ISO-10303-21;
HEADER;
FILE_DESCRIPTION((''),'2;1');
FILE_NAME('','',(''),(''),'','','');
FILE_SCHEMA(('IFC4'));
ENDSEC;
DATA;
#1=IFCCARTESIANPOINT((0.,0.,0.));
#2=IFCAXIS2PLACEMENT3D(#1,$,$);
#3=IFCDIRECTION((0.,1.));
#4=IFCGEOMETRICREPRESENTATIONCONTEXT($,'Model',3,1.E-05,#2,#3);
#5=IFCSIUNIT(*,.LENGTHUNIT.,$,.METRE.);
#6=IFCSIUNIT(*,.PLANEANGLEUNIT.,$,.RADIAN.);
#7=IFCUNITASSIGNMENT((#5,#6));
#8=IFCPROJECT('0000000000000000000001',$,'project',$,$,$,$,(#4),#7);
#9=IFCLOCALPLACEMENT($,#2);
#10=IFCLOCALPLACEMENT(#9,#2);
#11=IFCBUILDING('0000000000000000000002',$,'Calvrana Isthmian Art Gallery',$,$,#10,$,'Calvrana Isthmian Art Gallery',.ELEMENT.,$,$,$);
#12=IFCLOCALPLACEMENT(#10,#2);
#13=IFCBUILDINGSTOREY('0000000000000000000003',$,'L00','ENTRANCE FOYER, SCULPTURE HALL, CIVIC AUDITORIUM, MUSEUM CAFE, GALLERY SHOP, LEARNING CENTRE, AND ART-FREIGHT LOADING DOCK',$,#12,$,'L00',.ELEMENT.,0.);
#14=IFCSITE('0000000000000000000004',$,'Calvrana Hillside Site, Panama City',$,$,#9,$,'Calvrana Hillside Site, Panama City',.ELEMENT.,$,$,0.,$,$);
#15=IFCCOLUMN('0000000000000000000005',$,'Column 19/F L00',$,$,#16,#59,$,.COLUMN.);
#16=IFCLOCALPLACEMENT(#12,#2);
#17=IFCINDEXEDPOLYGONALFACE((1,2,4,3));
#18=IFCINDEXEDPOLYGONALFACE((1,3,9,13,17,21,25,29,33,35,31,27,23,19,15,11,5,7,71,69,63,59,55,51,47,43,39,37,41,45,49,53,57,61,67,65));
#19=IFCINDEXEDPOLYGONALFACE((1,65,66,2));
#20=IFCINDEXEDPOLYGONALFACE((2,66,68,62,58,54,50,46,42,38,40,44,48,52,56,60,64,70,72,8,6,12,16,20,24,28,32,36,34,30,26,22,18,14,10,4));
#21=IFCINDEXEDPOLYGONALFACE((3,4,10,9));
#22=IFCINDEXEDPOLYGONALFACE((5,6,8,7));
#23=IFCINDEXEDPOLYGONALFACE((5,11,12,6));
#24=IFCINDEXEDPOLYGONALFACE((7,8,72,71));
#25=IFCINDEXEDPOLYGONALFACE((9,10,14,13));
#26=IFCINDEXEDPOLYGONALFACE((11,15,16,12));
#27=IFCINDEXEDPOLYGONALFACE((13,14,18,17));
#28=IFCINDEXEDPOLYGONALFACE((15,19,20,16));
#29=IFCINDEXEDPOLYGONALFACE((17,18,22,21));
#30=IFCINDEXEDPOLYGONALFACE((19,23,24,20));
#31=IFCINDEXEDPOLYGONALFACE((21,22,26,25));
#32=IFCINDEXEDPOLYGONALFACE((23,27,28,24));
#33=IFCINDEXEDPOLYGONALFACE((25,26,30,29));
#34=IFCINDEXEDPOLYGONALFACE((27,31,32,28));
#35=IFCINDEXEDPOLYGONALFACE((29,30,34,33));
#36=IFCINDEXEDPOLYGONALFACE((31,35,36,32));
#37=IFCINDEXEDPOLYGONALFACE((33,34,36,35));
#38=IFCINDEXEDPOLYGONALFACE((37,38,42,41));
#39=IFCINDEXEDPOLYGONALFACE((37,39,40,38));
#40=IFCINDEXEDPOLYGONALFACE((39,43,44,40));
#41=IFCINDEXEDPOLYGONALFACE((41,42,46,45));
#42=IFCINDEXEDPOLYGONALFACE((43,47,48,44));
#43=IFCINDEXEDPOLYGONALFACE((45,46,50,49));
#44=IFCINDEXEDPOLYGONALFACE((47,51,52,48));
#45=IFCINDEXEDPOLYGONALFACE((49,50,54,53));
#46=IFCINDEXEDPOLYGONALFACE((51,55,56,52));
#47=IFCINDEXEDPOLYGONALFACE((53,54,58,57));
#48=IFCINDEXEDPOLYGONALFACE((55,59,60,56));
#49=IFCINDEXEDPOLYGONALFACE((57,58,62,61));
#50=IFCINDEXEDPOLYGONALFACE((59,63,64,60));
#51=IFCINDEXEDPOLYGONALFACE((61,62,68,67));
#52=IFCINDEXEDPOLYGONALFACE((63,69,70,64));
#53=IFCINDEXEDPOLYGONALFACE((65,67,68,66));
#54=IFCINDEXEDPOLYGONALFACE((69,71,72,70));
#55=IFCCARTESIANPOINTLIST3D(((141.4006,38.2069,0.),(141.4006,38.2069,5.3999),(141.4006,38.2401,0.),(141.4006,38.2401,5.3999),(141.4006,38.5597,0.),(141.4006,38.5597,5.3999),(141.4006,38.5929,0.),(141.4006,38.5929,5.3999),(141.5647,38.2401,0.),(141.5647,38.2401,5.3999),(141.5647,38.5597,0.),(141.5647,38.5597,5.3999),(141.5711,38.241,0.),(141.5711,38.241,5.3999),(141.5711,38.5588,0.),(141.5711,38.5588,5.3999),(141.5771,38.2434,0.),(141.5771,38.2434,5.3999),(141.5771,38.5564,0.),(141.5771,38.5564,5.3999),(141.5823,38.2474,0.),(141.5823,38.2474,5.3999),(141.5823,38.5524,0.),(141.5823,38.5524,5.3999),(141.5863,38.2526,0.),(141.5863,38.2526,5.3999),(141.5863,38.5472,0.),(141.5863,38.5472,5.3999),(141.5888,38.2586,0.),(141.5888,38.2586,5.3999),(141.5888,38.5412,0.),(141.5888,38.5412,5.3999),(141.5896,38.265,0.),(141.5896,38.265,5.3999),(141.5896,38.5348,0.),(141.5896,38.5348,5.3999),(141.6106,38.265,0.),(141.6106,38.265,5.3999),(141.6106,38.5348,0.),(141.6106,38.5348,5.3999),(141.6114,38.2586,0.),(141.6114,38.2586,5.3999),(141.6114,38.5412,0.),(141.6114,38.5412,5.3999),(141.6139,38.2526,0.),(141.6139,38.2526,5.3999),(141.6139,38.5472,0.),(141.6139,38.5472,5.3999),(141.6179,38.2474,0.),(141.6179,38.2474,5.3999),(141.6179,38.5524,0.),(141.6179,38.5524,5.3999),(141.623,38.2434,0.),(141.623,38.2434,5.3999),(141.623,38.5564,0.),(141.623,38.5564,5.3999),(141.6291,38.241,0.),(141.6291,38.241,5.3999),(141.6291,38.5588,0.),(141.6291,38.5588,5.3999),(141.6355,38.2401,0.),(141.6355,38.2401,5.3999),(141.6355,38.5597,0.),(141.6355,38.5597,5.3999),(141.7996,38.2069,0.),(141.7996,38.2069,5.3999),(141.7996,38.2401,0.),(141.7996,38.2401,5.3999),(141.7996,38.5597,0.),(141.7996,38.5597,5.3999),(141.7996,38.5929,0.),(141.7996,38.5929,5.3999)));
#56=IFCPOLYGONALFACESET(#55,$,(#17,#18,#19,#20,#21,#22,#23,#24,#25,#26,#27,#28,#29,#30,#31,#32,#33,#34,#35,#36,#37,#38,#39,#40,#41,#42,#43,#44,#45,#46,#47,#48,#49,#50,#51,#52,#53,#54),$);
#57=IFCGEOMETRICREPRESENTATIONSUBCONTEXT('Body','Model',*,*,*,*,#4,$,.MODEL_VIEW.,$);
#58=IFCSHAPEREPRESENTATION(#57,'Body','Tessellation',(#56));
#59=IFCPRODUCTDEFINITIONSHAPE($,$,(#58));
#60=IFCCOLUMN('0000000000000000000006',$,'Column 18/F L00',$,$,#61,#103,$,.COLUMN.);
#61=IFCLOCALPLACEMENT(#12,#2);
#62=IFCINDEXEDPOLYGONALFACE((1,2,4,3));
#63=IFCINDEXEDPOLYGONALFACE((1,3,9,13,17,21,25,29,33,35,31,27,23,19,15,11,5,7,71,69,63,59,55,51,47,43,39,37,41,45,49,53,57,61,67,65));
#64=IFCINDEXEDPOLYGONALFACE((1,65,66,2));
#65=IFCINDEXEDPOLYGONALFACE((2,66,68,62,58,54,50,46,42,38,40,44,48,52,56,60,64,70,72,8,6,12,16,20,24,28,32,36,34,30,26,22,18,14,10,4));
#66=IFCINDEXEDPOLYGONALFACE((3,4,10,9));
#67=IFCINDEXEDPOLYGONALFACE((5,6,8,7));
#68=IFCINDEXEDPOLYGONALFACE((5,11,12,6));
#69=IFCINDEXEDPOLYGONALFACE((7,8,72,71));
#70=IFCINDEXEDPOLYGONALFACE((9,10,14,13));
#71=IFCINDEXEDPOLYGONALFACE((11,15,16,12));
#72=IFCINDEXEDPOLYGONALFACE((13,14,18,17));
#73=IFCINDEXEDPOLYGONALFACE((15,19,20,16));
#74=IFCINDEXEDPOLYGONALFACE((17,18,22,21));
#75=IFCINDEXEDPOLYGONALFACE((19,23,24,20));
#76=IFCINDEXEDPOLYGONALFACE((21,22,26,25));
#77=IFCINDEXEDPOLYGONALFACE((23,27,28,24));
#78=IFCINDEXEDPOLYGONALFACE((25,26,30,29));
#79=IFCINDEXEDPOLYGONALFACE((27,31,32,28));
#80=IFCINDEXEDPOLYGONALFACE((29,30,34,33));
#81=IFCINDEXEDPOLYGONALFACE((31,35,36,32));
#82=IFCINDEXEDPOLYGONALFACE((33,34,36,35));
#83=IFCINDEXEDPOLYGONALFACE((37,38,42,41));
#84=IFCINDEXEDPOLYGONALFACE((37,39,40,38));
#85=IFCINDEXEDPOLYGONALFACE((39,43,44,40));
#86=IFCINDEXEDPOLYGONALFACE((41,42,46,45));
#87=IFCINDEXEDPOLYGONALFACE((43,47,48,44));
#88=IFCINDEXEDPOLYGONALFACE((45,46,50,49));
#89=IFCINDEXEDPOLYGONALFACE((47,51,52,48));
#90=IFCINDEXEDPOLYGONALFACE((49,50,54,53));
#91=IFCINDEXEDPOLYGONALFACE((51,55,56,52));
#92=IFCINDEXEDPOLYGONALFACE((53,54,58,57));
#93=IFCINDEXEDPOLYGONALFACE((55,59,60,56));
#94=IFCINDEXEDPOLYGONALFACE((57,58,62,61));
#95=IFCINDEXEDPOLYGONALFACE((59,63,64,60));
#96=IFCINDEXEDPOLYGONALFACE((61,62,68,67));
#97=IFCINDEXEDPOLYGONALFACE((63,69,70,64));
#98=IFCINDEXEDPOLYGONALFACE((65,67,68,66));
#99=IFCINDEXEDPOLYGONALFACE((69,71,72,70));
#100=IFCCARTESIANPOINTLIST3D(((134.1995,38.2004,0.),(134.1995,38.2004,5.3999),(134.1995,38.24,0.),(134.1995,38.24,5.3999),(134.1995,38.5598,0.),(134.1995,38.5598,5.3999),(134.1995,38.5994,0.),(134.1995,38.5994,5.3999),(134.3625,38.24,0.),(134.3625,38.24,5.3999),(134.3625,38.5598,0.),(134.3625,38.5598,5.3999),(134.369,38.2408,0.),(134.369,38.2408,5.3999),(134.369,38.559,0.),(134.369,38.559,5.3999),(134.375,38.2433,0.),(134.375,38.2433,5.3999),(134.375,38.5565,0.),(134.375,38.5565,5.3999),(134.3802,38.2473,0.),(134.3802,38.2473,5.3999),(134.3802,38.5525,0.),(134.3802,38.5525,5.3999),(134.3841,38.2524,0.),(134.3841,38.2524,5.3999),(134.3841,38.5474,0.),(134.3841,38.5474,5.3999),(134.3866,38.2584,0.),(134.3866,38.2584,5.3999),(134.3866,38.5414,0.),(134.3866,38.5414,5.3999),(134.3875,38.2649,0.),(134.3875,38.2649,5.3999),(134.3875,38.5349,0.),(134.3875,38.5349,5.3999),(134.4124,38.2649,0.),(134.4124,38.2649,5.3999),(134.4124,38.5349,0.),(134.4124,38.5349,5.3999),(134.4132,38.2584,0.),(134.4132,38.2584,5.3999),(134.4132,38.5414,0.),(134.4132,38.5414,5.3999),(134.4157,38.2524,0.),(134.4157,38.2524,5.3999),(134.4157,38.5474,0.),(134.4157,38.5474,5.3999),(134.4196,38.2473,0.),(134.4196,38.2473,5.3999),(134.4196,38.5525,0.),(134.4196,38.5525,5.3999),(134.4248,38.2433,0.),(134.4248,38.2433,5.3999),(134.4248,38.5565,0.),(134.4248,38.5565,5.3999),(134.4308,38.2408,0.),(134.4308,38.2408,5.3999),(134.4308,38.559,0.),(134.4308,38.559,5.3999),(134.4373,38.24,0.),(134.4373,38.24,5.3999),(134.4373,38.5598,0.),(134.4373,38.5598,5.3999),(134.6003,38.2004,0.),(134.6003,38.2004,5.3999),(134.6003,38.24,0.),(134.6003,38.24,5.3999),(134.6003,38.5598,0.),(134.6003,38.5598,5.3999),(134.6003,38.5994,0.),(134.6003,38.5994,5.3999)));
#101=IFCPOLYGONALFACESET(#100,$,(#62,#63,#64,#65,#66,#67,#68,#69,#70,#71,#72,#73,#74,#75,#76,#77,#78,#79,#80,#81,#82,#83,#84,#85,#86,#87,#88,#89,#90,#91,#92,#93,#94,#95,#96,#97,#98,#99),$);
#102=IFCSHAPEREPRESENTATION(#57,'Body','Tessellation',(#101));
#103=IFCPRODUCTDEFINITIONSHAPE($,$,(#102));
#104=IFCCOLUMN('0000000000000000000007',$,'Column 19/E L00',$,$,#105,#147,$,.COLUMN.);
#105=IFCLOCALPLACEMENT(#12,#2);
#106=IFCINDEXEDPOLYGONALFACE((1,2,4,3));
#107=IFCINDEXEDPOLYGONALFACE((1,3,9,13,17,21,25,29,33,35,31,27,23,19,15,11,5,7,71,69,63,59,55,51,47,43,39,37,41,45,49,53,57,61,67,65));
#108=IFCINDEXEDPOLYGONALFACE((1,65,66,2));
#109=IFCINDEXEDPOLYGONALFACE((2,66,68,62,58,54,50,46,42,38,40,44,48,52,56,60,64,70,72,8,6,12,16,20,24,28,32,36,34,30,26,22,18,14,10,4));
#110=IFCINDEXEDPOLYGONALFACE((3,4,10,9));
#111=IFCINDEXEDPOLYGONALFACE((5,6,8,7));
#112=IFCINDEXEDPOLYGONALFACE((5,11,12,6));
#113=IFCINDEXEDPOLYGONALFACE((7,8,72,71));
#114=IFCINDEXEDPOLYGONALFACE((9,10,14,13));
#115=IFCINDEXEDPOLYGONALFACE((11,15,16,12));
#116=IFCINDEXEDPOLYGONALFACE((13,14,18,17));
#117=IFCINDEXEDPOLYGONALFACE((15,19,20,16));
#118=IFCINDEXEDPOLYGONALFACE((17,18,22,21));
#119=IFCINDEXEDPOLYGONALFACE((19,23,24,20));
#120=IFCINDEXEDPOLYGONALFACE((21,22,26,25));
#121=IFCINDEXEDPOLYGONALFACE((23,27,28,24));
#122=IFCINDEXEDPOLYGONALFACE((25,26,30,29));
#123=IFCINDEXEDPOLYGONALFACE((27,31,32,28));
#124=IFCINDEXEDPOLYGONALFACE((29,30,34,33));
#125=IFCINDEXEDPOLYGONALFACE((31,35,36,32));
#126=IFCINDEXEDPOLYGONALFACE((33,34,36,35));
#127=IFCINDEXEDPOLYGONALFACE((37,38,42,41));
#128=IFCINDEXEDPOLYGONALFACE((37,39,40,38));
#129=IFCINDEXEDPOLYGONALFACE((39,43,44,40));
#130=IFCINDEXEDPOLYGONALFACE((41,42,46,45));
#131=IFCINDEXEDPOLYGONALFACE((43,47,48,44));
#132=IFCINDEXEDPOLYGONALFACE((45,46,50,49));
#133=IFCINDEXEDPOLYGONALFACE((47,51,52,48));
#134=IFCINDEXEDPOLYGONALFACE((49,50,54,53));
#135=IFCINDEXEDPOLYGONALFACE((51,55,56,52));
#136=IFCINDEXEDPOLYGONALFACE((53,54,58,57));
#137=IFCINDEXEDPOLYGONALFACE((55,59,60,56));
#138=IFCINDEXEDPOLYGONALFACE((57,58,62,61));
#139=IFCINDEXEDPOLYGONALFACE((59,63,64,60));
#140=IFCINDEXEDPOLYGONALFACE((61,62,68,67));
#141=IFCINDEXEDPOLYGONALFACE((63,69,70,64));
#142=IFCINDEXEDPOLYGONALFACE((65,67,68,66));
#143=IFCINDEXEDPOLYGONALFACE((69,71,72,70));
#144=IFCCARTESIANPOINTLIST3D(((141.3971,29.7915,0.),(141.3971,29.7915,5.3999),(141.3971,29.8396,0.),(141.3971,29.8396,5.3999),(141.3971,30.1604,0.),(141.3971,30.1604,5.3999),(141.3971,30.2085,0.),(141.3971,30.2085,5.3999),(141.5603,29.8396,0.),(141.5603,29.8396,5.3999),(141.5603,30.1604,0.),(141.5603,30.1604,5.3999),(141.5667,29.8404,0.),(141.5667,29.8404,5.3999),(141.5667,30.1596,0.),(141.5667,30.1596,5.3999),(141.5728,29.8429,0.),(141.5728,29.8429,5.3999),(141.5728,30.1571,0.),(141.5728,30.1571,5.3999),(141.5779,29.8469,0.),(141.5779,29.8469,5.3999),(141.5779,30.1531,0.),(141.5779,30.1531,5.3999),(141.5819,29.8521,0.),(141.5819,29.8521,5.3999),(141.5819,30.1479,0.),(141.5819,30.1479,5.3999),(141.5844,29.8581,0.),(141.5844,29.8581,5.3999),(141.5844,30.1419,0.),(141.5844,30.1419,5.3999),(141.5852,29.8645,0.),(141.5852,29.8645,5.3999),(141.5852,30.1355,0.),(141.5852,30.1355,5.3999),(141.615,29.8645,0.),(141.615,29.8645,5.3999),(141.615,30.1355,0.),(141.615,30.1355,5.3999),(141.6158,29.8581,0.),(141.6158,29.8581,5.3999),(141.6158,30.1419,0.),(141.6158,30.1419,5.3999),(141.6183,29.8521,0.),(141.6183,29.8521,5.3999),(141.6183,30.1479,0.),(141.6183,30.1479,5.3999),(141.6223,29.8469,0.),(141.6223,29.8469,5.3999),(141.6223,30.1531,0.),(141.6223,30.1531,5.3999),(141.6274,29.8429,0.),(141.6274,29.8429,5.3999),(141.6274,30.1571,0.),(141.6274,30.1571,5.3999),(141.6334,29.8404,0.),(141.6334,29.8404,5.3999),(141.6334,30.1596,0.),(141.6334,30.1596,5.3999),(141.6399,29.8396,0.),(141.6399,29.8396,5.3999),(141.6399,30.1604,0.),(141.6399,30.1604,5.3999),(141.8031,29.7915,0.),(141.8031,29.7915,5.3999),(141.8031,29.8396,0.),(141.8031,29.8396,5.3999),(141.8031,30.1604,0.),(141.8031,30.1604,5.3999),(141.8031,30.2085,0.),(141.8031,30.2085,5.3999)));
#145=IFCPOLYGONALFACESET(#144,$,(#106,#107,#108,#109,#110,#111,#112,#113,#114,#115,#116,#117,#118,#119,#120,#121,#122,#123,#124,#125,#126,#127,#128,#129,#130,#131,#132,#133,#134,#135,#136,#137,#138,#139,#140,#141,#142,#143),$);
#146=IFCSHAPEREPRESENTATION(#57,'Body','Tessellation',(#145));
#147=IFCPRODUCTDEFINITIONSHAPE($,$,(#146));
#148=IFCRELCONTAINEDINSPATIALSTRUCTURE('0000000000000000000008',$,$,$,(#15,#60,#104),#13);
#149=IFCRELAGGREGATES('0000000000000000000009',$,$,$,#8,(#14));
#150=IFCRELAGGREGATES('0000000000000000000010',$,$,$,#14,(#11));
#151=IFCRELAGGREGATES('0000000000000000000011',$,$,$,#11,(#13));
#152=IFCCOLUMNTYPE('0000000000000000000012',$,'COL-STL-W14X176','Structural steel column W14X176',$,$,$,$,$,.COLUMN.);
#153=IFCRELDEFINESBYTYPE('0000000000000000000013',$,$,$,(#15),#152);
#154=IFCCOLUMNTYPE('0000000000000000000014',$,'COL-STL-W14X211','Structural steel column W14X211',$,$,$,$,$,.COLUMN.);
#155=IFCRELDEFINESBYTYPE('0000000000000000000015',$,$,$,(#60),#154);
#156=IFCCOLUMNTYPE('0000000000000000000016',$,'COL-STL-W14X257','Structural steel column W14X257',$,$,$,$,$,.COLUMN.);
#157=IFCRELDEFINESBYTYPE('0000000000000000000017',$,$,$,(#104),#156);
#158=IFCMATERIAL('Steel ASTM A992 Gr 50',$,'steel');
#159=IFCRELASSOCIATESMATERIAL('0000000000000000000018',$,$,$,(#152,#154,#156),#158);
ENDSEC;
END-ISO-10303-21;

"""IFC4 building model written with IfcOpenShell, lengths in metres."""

from ifc_helpers import new_model, si_unit, direction, frame, origin, origin_2d, place, context, subcontext, project, spatial, i_section, extrude, material, material_profile, profile_set, type_object, element, save


model = new_model("IFC4")

# Units and contexts
model_context = context("Model", 3, precision=1e-05, world=origin(), true_north=direction((0.0, 1.0)))
body_context = subcontext(model_context, "Body", "Model", "MODEL_VIEW")
ifc_project = project(units=[si_unit("LENGTHUNIT", "METRE"), si_unit("PLANEANGLEUNIT", "RADIAN")], contexts=[model_context])

# Site, building, storey
site_placement = place(None, origin())
site = spatial("IfcSite", under=ifc_project, at=site_placement, Name="Calvrana Hillside Site, Panama City", LongName="Calvrana Hillside Site, Panama City", CompositionType="ELEMENT", RefElevation=0.0)
building_placement = place(site_placement, origin())
building = spatial("IfcBuilding", under=site, at=building_placement, Name="Calvrana Isthmian Art Gallery", LongName="Calvrana Isthmian Art Gallery", CompositionType="ELEMENT")
storey_placement = place(building_placement, origin())
storey = spatial("IfcBuildingStorey", under=building, at=storey_placement, Name="L00", Description="ENTRANCE FOYER, SCULPTURE HALL, CIVIC AUDITORIUM, MUSEUM CAFE, GALLERY SHOP, LEARNING CENTRE, AND ART-FREIGHT LOADING DOCK", LongName="L00", CompositionType="ELEMENT", Elevation=0.0)

# Columns
ifc_material_1 = material(Name="Steel ASTM A992 Gr 50", Category="steel")
ifc_material_profile_1 = material_profile(ifc_material_1, i_section(OverallWidth=0.3989, OverallDepth=0.386, WebThickness=0.021, FlangeThickness=0.0332, FilletRadius=0.0249, at=origin_2d()), Name="W14X176")
ifc_profile_set_1 = profile_set([ifc_material_profile_1], Name="Steel ASTM A992 Gr 50")
column_type_1 = type_object("IfcColumnType", Name="COL-STL-W14X176", Description="Structural steel column W14X176", PredefinedType="COLUMN", material=ifc_profile_set_1)
column_1_placement = place(storey_placement, frame((141.6001, 38.3999, 0.0), z_axis=(0.0, 0.0, 1.0), x_axis=(1.0, 0.0, 0.0)))
element("IfcColumn", 1, at=column_1_placement, inside=storey, type_object=column_type_1, Name="Column 19/F L00", PredefinedType="COLUMN", context=body_context, shape_type="SweptSolid", body=[
    extrude(i_section(OverallWidth=0.3989, OverallDepth=0.386, WebThickness=0.021, FlangeThickness=0.0332, FilletRadius=0.0249, at=origin_2d()), origin(), (0.0, 0.0, 1.0), 5.3999),
])
ifc_material_profile_2 = material_profile(ifc_material_1, i_section(OverallWidth=0.4009, OverallDepth=0.3989, WebThickness=0.0249, FlangeThickness=0.0396, FilletRadius=0.0249, at=origin_2d()), Name="W14X211")
ifc_profile_set_2 = profile_set([ifc_material_profile_2], Name="Steel ASTM A992 Gr 50")
column_type_2 = type_object("IfcColumnType", Name="COL-STL-W14X211", Description="Structural steel column W14X211", PredefinedType="COLUMN", material=ifc_profile_set_2)
column_2_placement = place(storey_placement, frame((134.3999, 38.3999, 0.0), z_axis=(0.0, 0.0, 1.0), x_axis=(1.0, 0.0, 0.0)))
element("IfcColumn", 2, at=column_2_placement, inside=storey, type_object=column_type_2, Name="Column 18/F L00", PredefinedType="COLUMN", context=body_context, shape_type="SweptSolid", body=[
    extrude(i_section(OverallWidth=0.4009, OverallDepth=0.3989, WebThickness=0.0249, FlangeThickness=0.0396, FilletRadius=0.0249, at=origin_2d()), origin(), (0.0, 0.0, 1.0), 5.3999),
])
ifc_material_profile_3 = material_profile(ifc_material_1, i_section(OverallWidth=0.406, OverallDepth=0.417, WebThickness=0.0298, FlangeThickness=0.0481, FilletRadius=0.0249, at=origin_2d()), Name="W14X257")
ifc_profile_set_3 = profile_set([ifc_material_profile_3], Name="Steel ASTM A992 Gr 50")
column_type_3 = type_object("IfcColumnType", Name="COL-STL-W14X257", Description="Structural steel column W14X257", PredefinedType="COLUMN", material=ifc_profile_set_3)
column_3_placement = place(storey_placement, frame((141.6001, 30.0, 0.0), z_axis=(0.0, 0.0, 1.0), x_axis=(1.0, 0.0, 0.0)))
element("IfcColumn", 3, at=column_3_placement, inside=storey, type_object=column_type_3, Name="Column 19/E L00", PredefinedType="COLUMN", context=body_context, shape_type="SweptSolid", body=[
    extrude(i_section(OverallWidth=0.406, OverallDepth=0.417, WebThickness=0.0298, FlangeThickness=0.0481, FilletRadius=0.0249, at=origin_2d()), origin(), (0.0, 0.0, 1.0), 5.3999),
])

save(model, "model.ifc")
